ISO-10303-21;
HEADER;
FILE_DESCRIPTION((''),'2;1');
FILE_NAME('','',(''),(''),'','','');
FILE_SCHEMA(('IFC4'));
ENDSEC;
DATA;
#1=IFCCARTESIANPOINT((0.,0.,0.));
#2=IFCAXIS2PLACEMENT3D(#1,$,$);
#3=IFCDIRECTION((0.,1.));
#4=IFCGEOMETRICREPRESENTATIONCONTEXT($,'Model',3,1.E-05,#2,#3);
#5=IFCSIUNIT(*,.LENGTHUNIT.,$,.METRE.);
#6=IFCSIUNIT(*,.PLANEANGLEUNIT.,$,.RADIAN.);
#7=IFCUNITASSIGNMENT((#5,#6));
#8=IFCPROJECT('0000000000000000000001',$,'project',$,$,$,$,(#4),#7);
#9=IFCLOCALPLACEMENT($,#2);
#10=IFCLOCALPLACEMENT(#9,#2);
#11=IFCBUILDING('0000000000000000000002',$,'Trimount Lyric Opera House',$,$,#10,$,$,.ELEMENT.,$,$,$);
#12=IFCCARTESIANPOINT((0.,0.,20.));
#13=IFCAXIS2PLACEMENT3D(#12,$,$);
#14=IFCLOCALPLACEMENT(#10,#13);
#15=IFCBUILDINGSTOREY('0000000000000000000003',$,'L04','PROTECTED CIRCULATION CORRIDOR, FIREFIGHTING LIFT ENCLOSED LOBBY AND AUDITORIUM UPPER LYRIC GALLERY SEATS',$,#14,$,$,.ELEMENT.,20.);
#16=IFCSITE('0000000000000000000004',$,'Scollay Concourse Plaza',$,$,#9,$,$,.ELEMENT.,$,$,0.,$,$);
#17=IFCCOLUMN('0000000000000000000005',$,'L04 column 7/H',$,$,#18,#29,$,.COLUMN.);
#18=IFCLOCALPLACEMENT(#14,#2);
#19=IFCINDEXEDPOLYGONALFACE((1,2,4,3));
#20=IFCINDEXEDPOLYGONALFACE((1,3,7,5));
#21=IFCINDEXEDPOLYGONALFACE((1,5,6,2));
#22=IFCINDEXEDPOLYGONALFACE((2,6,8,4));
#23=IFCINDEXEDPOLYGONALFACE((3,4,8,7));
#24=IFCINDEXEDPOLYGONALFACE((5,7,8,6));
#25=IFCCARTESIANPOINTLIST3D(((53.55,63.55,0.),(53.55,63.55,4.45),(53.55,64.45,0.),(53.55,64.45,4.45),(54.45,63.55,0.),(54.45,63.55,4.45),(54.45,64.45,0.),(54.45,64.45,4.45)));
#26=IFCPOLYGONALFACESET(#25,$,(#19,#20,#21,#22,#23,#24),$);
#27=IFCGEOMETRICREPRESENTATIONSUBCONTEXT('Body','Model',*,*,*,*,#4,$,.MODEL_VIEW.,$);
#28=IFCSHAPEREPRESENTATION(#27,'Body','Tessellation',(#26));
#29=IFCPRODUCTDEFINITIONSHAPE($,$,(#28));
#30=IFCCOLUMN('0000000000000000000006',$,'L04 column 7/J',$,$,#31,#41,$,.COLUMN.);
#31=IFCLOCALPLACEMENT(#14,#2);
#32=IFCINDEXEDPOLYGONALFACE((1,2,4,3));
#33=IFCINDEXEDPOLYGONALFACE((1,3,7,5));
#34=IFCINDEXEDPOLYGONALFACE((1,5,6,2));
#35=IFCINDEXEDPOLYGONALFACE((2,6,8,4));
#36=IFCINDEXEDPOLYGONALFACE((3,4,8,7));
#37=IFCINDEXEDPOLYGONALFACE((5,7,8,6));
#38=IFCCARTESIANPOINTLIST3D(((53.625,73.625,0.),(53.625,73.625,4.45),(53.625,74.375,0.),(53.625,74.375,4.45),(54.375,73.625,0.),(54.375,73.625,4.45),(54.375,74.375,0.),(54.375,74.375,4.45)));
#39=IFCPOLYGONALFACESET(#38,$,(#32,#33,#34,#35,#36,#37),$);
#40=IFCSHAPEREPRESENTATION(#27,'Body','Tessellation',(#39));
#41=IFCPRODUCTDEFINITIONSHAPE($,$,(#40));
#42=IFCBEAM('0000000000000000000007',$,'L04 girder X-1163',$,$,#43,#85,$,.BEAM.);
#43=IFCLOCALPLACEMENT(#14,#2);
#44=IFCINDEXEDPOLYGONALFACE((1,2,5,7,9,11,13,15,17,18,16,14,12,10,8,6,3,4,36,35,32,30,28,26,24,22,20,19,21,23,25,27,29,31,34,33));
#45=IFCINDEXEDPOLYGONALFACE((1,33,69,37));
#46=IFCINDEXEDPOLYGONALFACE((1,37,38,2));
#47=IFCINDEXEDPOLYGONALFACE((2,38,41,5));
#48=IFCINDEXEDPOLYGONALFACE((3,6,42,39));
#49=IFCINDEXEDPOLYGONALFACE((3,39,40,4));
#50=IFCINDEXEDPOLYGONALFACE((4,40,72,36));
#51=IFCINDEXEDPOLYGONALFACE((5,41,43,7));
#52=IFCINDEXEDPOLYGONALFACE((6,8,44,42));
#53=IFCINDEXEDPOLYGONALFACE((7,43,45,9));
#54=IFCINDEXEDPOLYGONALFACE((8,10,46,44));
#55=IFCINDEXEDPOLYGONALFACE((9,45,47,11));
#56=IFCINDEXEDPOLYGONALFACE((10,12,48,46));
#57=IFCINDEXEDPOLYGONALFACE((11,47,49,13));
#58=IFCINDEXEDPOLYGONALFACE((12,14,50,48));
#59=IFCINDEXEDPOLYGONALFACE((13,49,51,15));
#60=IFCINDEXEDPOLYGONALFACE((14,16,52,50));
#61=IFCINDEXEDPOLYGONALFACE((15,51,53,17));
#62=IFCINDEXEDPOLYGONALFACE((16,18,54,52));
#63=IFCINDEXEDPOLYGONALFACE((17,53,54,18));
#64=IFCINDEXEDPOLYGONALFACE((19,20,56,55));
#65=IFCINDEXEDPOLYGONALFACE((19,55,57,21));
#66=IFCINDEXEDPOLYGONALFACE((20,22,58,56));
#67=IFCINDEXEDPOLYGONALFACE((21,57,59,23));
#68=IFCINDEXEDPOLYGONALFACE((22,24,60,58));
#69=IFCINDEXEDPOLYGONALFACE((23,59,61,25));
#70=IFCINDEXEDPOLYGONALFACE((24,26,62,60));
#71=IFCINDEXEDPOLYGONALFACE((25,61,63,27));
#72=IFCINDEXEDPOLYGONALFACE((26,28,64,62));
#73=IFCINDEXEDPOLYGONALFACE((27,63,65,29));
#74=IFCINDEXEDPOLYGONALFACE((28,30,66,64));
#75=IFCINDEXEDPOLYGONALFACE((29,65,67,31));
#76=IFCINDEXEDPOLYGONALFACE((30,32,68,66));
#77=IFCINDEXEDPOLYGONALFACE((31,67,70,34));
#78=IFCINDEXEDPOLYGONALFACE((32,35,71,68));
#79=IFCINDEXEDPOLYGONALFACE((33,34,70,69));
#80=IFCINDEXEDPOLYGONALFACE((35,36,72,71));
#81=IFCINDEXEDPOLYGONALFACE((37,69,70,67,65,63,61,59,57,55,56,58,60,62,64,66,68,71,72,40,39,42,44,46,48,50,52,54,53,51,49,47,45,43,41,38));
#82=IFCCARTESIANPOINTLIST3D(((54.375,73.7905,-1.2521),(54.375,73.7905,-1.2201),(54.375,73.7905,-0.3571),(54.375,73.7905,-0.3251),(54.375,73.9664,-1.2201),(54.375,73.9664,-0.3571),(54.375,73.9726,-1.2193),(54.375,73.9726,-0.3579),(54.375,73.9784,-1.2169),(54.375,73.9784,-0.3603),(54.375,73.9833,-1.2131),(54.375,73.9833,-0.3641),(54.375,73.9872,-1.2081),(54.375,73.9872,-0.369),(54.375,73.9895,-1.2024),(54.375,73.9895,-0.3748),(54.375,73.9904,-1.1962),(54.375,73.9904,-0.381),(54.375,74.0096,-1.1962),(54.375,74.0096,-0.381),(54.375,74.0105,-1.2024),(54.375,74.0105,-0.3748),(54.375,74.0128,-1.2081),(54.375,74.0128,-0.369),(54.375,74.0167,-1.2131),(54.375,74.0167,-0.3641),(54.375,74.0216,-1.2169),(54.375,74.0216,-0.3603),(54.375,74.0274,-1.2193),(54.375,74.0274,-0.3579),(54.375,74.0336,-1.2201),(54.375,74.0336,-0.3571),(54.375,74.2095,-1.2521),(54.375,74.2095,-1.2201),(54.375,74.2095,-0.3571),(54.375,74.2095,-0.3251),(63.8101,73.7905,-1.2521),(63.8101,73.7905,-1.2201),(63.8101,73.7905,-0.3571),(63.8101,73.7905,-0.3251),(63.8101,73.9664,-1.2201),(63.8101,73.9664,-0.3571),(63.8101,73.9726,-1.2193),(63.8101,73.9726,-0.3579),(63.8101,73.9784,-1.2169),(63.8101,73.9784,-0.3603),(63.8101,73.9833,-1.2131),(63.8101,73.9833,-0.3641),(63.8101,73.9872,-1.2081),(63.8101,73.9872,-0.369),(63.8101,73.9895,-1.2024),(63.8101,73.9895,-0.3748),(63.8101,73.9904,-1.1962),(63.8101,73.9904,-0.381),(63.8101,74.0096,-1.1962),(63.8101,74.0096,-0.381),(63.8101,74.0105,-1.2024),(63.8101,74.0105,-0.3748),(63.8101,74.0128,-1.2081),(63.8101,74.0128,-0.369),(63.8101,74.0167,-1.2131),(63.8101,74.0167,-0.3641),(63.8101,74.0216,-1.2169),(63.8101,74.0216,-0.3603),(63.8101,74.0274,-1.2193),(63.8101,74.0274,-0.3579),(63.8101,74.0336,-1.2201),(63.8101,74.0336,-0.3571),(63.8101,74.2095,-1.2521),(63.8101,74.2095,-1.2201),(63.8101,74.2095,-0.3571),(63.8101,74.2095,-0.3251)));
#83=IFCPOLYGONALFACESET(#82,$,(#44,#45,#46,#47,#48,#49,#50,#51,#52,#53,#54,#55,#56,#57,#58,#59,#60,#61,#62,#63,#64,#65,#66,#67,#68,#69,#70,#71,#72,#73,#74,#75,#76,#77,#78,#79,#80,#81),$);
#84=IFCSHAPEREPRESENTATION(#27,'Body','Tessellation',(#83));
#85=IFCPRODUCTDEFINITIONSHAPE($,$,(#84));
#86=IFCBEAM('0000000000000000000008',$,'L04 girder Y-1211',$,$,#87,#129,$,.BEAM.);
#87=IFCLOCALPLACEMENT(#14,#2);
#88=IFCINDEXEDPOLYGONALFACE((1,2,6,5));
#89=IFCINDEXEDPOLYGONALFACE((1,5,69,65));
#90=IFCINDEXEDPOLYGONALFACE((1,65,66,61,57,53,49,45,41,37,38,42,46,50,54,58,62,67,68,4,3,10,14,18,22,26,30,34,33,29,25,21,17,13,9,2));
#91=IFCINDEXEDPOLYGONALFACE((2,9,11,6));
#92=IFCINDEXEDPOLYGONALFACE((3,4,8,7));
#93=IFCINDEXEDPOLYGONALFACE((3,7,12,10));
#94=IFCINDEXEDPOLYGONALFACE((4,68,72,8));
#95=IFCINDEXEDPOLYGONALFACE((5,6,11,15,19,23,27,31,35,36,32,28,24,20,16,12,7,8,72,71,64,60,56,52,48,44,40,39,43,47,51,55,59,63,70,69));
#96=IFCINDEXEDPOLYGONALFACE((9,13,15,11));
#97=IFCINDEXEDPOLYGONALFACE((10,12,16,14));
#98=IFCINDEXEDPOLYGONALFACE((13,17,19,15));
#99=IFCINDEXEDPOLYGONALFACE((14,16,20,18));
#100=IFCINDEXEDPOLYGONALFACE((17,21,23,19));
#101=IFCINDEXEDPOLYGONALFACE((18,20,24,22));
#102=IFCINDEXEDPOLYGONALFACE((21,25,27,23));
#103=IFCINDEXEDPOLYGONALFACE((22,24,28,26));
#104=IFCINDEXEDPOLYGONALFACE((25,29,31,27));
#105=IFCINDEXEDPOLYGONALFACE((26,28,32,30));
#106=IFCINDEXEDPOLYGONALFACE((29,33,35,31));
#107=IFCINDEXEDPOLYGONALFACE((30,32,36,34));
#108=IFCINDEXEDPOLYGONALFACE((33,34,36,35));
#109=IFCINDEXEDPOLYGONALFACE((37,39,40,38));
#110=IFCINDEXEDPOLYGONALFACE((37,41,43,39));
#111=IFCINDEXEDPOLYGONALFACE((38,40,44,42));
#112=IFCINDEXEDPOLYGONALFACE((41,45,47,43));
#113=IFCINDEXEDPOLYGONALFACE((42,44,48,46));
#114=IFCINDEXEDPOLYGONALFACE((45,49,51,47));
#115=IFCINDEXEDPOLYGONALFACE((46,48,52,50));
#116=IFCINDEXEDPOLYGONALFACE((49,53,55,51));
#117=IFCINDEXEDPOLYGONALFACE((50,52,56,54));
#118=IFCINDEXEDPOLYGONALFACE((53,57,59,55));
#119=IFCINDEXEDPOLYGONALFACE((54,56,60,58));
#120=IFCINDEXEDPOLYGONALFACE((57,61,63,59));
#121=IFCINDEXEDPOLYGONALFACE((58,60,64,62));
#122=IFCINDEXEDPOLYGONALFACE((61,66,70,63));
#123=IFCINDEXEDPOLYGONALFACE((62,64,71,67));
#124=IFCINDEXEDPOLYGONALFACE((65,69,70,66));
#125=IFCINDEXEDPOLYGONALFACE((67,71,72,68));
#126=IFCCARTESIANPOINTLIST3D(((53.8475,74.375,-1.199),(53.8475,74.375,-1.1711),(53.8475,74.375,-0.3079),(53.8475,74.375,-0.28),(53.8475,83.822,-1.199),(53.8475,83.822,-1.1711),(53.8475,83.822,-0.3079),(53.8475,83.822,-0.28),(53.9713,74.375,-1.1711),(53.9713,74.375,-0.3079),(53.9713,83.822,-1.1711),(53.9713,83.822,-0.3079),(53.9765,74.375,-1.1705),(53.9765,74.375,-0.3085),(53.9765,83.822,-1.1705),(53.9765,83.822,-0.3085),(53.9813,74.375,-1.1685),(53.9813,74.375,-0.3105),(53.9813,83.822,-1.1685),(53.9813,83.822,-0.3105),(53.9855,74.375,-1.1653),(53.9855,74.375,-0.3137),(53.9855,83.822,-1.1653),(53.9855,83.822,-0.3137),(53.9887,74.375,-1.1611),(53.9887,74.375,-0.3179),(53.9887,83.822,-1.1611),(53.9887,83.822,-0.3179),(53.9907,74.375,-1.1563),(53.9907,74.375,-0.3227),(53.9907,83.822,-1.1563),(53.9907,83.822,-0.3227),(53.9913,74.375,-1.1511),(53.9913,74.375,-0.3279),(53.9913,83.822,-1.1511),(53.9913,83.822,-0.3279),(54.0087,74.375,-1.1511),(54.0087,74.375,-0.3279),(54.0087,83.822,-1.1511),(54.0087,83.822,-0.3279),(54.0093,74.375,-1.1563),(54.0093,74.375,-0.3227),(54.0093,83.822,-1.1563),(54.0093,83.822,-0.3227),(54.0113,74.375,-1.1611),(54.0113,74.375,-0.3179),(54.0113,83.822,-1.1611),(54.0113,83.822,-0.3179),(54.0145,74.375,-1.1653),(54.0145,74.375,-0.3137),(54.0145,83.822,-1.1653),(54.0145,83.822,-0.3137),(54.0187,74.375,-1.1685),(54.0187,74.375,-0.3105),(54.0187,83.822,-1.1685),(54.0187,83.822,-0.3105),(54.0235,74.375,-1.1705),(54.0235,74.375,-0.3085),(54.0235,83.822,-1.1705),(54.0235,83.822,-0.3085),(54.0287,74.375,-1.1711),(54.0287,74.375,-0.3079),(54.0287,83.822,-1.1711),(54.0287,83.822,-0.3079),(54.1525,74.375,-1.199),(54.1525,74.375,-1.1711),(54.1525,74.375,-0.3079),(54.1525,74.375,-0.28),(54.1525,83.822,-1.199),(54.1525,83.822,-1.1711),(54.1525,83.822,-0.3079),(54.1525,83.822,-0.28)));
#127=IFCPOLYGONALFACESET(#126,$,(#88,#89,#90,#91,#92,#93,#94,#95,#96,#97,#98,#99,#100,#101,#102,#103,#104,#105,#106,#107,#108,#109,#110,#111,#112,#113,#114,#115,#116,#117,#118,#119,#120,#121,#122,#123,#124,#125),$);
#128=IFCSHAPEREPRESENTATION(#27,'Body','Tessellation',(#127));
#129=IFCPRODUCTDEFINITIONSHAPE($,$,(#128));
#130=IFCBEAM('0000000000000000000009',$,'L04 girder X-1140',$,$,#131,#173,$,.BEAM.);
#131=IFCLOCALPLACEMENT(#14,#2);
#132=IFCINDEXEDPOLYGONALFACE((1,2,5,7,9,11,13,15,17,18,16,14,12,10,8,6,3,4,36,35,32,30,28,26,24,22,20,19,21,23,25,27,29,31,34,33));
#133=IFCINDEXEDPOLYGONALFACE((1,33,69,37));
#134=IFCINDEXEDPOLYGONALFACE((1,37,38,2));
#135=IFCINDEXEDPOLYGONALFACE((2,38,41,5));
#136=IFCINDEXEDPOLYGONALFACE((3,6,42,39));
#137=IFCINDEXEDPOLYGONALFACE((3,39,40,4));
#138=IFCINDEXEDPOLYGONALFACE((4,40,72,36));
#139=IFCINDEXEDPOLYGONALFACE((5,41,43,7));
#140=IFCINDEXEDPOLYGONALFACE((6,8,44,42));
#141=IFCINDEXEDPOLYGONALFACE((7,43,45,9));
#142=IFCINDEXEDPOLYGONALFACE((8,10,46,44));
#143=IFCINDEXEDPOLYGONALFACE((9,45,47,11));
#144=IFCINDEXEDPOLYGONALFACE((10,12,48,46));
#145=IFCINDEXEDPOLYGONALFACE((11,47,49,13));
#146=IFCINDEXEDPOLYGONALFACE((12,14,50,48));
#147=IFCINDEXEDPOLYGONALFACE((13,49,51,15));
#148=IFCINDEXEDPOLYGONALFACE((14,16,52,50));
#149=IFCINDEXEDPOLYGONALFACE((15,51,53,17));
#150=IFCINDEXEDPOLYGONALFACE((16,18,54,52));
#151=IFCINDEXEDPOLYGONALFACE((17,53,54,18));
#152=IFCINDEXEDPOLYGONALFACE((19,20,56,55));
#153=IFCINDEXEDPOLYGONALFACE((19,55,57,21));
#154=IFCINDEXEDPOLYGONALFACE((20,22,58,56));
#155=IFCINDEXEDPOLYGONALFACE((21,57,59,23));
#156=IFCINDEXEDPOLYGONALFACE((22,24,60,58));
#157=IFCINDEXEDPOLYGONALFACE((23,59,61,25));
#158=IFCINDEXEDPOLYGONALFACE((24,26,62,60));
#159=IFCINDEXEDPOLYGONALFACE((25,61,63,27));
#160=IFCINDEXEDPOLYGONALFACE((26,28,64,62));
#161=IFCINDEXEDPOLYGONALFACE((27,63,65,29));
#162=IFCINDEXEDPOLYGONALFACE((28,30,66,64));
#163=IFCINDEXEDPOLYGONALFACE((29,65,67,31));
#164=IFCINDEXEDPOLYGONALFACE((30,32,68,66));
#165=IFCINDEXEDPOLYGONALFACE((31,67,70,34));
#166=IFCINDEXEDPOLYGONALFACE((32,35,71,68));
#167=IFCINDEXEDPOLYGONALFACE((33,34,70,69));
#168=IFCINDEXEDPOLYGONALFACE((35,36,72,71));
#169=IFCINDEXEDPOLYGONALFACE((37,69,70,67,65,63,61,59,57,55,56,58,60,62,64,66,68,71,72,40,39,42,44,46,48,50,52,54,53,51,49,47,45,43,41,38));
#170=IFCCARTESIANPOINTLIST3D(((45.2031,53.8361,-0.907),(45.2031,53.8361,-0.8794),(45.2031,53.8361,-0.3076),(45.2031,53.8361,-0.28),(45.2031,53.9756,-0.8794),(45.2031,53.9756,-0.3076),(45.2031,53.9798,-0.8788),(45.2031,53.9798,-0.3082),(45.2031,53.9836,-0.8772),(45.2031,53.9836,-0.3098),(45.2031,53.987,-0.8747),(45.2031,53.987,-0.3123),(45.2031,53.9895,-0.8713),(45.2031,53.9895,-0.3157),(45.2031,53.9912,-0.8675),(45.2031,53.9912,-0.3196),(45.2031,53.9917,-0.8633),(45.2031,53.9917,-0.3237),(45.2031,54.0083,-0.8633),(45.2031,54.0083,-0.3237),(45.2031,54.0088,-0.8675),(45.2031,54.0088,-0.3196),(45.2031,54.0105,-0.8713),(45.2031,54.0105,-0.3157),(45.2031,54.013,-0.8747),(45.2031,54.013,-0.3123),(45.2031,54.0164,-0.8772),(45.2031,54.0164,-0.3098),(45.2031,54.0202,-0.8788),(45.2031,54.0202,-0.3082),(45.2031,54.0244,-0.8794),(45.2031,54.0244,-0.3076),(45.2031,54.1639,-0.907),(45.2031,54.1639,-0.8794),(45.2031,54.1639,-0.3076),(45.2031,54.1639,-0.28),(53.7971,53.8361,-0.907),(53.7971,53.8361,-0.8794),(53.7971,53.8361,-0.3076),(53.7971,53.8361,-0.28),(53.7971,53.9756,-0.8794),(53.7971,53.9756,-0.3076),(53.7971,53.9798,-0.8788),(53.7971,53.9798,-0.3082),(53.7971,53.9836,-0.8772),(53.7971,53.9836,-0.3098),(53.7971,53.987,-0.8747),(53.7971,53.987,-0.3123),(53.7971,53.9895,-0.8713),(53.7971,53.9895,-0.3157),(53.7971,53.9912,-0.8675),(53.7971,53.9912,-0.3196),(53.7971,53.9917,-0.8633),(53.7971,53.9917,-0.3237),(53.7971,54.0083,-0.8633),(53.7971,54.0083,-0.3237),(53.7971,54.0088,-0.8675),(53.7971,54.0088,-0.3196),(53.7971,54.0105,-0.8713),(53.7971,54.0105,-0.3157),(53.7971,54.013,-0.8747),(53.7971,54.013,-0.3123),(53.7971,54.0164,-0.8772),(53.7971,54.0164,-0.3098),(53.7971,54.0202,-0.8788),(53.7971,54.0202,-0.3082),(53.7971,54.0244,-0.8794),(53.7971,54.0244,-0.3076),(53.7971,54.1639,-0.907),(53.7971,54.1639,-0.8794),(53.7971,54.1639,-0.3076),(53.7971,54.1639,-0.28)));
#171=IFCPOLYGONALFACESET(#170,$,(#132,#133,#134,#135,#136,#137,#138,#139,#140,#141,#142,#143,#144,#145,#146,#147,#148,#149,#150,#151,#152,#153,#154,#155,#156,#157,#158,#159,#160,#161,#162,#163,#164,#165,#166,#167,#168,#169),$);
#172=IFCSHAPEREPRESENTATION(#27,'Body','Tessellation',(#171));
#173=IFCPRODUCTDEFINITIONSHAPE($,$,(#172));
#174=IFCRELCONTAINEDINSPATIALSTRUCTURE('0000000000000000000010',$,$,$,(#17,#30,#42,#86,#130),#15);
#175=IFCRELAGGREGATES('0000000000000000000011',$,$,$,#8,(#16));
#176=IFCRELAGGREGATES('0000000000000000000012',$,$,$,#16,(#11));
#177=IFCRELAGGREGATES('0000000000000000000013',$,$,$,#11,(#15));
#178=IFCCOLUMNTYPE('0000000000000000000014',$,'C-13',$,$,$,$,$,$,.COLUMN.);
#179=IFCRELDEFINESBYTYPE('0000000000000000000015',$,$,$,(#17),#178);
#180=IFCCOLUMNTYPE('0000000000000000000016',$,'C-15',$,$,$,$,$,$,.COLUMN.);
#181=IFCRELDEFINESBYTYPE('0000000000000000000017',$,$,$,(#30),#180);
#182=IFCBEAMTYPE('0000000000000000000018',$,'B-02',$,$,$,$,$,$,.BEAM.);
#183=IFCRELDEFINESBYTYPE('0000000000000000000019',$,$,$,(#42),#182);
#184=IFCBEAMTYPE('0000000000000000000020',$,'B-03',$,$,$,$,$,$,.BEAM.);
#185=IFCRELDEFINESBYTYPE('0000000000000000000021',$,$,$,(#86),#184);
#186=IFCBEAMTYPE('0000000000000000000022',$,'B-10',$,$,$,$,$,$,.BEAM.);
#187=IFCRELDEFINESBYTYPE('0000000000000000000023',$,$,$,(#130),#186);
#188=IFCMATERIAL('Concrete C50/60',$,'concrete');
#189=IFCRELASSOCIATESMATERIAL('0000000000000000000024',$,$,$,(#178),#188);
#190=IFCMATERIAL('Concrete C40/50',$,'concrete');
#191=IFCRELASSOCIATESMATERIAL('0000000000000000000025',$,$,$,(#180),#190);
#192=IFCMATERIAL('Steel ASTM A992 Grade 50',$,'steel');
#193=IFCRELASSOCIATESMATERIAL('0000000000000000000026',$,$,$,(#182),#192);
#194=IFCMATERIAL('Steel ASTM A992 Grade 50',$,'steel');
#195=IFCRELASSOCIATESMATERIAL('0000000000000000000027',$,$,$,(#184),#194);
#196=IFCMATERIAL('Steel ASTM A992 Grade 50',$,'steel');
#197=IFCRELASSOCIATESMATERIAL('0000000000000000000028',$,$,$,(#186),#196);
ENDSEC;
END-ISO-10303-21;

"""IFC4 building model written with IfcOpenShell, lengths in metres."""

from ifc_helpers import new_model, si_unit, direction, frame, origin, origin_2d, place, context, subcontext, project, spatial, rectangle, i_section, extrude, material, material_profile, profile_set, type_object, element, save


model = new_model("IFC4")

# Units and contexts
model_context = context("Model", 3, precision=1e-05, world=origin(), true_north=direction((0.0, 1.0)))
body_context = subcontext(model_context, "Body", "Model", "MODEL_VIEW")
ifc_project = project(units=[si_unit("LENGTHUNIT", "METRE"), si_unit("PLANEANGLEUNIT", "RADIAN")], contexts=[model_context])

# Site, building, storey
site_placement = place(None, origin())
site = spatial("IfcSite", under=ifc_project, at=site_placement, Name="Scollay Concourse Plaza", CompositionType="ELEMENT", RefElevation=0.0)
building_placement = place(site_placement, origin())
building = spatial("IfcBuilding", under=site, at=building_placement, Name="Trimount Lyric Opera House", CompositionType="ELEMENT")
storey_placement = place(building_placement, frame((0.0, 0.0, 20.0)))
storey = spatial("IfcBuildingStorey", under=building, at=storey_placement, Name="L04", Description="PROTECTED CIRCULATION CORRIDOR, FIREFIGHTING LIFT ENCLOSED LOBBY AND AUDITORIUM UPPER LYRIC GALLERY SEATS", CompositionType="ELEMENT", Elevation=20.0)

# Columns
ifc_material_1 = material(Name="Concrete C50/60", Category="concrete")
ifc_material_profile_1 = material_profile(ifc_material_1, rectangle(XDim=0.8999, YDim=0.8999, at=origin_2d()), Name="RC900X900")
ifc_profile_set_1 = profile_set([ifc_material_profile_1], Name="Concrete C50/60")
column_type_1 = type_object("IfcColumnType", Name="C-13", PredefinedType="COLUMN", material=ifc_profile_set_1)
column_1_placement = place(storey_placement, frame((54.0, 64.0, 0.0), z_axis=(0.0, 0.0, 1.0), x_axis=(1.0, 0.0, 0.0)))
element("IfcColumn", 1, at=column_1_placement, inside=storey, type_object=column_type_1, Name="L04 column 7/H", PredefinedType="COLUMN", context=body_context, shape_type="SweptSolid", body=[
    extrude(rectangle(XDim=0.8999, YDim=0.8999, at=origin_2d()), origin(), (0.0, 0.0, 1.0), 4.45),
])
ifc_material_2 = material(Name="Concrete C40/50", Category="concrete")
ifc_material_profile_2 = material_profile(ifc_material_2, rectangle(XDim=0.75, YDim=0.75, at=origin_2d()), Name="RC750X750")
ifc_profile_set_2 = profile_set([ifc_material_profile_2], Name="Concrete C40/50")
column_type_2 = type_object("IfcColumnType", Name="C-15", PredefinedType="COLUMN", material=ifc_profile_set_2)
column_2_placement = place(storey_placement, frame((54.0, 74.0, 0.0), z_axis=(0.0, 0.0, 1.0), x_axis=(1.0, 0.0, 0.0)))
element("IfcColumn", 2, at=column_2_placement, inside=storey, type_object=column_type_2, Name="L04 column 7/J", PredefinedType="COLUMN", context=body_context, shape_type="SweptSolid", body=[
    extrude(rectangle(XDim=0.75, YDim=0.75, at=origin_2d()), origin(), (0.0, 0.0, 1.0), 4.45),
])

# Beams
ifc_material_3 = material(Name="Steel ASTM A992 Grade 50", Category="steel")
ifc_material_profile_3 = material_profile(ifc_material_3, i_section(OverallWidth=0.4189, OverallDepth=0.927, WebThickness=0.0193, FlangeThickness=0.032, FilletRadius=0.0239, at=origin_2d()), Name="W36X231")
ifc_profile_set_3 = profile_set([ifc_material_profile_3], Name="Steel ASTM A992 Grade 50")
beam_type_1 = type_object("IfcBeamType", Name="B-02", PredefinedType="BEAM", material=ifc_profile_set_3)
beam_1_placement = place(storey_placement, frame((54.375, 74.0, -0.7886), z_axis=(1.0, 0.0, 0.0), x_axis=(0.0, 1.0, 0.0)))
element("IfcBeam", 3, at=beam_1_placement, inside=storey, type_object=beam_type_1, Name="L04 girder X-1163", PredefinedType="BEAM", context=body_context, shape_type="SweptSolid", body=[
    extrude(i_section(OverallWidth=0.4189, OverallDepth=0.927, WebThickness=0.0193, FlangeThickness=0.032, FilletRadius=0.0239, at=origin_2d()), origin(), (0.0, 0.0, 1.0), 9.4351),
])
ifc_material_4 = material(Name="Steel ASTM A992 Grade 50", Category="steel")
ifc_material_profile_4 = material_profile(ifc_material_4, i_section(OverallWidth=0.3049, OverallDepth=0.9189, WebThickness=0.0173, FlangeThickness=0.0278, FilletRadius=0.02, at=origin_2d()), Name="W36X170")
ifc_profile_set_4 = profile_set([ifc_material_profile_4], Name="Steel ASTM A992 Grade 50")
beam_type_2 = type_object("IfcBeamType", Name="B-03", PredefinedType="BEAM", material=ifc_profile_set_4)
beam_2_placement = place(storey_placement, frame((54.0, 74.375, -0.7395), z_axis=(0.0, 1.0, 0.0), x_axis=(-1.0, 0.0, 0.0)))
element("IfcBeam", 4, at=beam_2_placement, inside=storey, type_object=beam_type_2, Name="L04 girder Y-1211", PredefinedType="BEAM", context=body_context, shape_type="SweptSolid", body=[
    extrude(i_section(OverallWidth=0.3049, OverallDepth=0.9189, WebThickness=0.0173, FlangeThickness=0.0278, FilletRadius=0.02, at=origin_2d()), origin(), (0.0, 0.0, 1.0), 9.447),
])
ifc_material_5 = material(Name="Steel ASTM A992 Grade 50", Category="steel")
ifc_material_profile_5 = material_profile(ifc_material_5, i_section(OverallWidth=0.3279, OverallDepth=0.627, WebThickness=0.0166, FlangeThickness=0.0276, FilletRadius=0.0161, at=origin_2d()), Name="W24X146")
ifc_profile_set_5 = profile_set([ifc_material_profile_5], Name="Steel ASTM A992 Grade 50")
beam_type_3 = type_object("IfcBeamType", Name="B-10", PredefinedType="BEAM", material=ifc_profile_set_5)
beam_3_placement = place(storey_placement, frame((45.2031, 54.0, -0.5935), z_axis=(1.0, 0.0, 0.0), x_axis=(0.0, 1.0, 0.0)))
element("IfcBeam", 5, at=beam_3_placement, inside=storey, type_object=beam_type_3, Name="L04 girder X-1140", PredefinedType="BEAM", context=body_context, shape_type="SweptSolid", body=[
    extrude(i_section(OverallWidth=0.3279, OverallDepth=0.627, WebThickness=0.0166, FlangeThickness=0.0276, FilletRadius=0.0161, at=origin_2d()), origin(), (0.0, 0.0, 1.0), 8.594),
])

save(model, "model.ifc")
